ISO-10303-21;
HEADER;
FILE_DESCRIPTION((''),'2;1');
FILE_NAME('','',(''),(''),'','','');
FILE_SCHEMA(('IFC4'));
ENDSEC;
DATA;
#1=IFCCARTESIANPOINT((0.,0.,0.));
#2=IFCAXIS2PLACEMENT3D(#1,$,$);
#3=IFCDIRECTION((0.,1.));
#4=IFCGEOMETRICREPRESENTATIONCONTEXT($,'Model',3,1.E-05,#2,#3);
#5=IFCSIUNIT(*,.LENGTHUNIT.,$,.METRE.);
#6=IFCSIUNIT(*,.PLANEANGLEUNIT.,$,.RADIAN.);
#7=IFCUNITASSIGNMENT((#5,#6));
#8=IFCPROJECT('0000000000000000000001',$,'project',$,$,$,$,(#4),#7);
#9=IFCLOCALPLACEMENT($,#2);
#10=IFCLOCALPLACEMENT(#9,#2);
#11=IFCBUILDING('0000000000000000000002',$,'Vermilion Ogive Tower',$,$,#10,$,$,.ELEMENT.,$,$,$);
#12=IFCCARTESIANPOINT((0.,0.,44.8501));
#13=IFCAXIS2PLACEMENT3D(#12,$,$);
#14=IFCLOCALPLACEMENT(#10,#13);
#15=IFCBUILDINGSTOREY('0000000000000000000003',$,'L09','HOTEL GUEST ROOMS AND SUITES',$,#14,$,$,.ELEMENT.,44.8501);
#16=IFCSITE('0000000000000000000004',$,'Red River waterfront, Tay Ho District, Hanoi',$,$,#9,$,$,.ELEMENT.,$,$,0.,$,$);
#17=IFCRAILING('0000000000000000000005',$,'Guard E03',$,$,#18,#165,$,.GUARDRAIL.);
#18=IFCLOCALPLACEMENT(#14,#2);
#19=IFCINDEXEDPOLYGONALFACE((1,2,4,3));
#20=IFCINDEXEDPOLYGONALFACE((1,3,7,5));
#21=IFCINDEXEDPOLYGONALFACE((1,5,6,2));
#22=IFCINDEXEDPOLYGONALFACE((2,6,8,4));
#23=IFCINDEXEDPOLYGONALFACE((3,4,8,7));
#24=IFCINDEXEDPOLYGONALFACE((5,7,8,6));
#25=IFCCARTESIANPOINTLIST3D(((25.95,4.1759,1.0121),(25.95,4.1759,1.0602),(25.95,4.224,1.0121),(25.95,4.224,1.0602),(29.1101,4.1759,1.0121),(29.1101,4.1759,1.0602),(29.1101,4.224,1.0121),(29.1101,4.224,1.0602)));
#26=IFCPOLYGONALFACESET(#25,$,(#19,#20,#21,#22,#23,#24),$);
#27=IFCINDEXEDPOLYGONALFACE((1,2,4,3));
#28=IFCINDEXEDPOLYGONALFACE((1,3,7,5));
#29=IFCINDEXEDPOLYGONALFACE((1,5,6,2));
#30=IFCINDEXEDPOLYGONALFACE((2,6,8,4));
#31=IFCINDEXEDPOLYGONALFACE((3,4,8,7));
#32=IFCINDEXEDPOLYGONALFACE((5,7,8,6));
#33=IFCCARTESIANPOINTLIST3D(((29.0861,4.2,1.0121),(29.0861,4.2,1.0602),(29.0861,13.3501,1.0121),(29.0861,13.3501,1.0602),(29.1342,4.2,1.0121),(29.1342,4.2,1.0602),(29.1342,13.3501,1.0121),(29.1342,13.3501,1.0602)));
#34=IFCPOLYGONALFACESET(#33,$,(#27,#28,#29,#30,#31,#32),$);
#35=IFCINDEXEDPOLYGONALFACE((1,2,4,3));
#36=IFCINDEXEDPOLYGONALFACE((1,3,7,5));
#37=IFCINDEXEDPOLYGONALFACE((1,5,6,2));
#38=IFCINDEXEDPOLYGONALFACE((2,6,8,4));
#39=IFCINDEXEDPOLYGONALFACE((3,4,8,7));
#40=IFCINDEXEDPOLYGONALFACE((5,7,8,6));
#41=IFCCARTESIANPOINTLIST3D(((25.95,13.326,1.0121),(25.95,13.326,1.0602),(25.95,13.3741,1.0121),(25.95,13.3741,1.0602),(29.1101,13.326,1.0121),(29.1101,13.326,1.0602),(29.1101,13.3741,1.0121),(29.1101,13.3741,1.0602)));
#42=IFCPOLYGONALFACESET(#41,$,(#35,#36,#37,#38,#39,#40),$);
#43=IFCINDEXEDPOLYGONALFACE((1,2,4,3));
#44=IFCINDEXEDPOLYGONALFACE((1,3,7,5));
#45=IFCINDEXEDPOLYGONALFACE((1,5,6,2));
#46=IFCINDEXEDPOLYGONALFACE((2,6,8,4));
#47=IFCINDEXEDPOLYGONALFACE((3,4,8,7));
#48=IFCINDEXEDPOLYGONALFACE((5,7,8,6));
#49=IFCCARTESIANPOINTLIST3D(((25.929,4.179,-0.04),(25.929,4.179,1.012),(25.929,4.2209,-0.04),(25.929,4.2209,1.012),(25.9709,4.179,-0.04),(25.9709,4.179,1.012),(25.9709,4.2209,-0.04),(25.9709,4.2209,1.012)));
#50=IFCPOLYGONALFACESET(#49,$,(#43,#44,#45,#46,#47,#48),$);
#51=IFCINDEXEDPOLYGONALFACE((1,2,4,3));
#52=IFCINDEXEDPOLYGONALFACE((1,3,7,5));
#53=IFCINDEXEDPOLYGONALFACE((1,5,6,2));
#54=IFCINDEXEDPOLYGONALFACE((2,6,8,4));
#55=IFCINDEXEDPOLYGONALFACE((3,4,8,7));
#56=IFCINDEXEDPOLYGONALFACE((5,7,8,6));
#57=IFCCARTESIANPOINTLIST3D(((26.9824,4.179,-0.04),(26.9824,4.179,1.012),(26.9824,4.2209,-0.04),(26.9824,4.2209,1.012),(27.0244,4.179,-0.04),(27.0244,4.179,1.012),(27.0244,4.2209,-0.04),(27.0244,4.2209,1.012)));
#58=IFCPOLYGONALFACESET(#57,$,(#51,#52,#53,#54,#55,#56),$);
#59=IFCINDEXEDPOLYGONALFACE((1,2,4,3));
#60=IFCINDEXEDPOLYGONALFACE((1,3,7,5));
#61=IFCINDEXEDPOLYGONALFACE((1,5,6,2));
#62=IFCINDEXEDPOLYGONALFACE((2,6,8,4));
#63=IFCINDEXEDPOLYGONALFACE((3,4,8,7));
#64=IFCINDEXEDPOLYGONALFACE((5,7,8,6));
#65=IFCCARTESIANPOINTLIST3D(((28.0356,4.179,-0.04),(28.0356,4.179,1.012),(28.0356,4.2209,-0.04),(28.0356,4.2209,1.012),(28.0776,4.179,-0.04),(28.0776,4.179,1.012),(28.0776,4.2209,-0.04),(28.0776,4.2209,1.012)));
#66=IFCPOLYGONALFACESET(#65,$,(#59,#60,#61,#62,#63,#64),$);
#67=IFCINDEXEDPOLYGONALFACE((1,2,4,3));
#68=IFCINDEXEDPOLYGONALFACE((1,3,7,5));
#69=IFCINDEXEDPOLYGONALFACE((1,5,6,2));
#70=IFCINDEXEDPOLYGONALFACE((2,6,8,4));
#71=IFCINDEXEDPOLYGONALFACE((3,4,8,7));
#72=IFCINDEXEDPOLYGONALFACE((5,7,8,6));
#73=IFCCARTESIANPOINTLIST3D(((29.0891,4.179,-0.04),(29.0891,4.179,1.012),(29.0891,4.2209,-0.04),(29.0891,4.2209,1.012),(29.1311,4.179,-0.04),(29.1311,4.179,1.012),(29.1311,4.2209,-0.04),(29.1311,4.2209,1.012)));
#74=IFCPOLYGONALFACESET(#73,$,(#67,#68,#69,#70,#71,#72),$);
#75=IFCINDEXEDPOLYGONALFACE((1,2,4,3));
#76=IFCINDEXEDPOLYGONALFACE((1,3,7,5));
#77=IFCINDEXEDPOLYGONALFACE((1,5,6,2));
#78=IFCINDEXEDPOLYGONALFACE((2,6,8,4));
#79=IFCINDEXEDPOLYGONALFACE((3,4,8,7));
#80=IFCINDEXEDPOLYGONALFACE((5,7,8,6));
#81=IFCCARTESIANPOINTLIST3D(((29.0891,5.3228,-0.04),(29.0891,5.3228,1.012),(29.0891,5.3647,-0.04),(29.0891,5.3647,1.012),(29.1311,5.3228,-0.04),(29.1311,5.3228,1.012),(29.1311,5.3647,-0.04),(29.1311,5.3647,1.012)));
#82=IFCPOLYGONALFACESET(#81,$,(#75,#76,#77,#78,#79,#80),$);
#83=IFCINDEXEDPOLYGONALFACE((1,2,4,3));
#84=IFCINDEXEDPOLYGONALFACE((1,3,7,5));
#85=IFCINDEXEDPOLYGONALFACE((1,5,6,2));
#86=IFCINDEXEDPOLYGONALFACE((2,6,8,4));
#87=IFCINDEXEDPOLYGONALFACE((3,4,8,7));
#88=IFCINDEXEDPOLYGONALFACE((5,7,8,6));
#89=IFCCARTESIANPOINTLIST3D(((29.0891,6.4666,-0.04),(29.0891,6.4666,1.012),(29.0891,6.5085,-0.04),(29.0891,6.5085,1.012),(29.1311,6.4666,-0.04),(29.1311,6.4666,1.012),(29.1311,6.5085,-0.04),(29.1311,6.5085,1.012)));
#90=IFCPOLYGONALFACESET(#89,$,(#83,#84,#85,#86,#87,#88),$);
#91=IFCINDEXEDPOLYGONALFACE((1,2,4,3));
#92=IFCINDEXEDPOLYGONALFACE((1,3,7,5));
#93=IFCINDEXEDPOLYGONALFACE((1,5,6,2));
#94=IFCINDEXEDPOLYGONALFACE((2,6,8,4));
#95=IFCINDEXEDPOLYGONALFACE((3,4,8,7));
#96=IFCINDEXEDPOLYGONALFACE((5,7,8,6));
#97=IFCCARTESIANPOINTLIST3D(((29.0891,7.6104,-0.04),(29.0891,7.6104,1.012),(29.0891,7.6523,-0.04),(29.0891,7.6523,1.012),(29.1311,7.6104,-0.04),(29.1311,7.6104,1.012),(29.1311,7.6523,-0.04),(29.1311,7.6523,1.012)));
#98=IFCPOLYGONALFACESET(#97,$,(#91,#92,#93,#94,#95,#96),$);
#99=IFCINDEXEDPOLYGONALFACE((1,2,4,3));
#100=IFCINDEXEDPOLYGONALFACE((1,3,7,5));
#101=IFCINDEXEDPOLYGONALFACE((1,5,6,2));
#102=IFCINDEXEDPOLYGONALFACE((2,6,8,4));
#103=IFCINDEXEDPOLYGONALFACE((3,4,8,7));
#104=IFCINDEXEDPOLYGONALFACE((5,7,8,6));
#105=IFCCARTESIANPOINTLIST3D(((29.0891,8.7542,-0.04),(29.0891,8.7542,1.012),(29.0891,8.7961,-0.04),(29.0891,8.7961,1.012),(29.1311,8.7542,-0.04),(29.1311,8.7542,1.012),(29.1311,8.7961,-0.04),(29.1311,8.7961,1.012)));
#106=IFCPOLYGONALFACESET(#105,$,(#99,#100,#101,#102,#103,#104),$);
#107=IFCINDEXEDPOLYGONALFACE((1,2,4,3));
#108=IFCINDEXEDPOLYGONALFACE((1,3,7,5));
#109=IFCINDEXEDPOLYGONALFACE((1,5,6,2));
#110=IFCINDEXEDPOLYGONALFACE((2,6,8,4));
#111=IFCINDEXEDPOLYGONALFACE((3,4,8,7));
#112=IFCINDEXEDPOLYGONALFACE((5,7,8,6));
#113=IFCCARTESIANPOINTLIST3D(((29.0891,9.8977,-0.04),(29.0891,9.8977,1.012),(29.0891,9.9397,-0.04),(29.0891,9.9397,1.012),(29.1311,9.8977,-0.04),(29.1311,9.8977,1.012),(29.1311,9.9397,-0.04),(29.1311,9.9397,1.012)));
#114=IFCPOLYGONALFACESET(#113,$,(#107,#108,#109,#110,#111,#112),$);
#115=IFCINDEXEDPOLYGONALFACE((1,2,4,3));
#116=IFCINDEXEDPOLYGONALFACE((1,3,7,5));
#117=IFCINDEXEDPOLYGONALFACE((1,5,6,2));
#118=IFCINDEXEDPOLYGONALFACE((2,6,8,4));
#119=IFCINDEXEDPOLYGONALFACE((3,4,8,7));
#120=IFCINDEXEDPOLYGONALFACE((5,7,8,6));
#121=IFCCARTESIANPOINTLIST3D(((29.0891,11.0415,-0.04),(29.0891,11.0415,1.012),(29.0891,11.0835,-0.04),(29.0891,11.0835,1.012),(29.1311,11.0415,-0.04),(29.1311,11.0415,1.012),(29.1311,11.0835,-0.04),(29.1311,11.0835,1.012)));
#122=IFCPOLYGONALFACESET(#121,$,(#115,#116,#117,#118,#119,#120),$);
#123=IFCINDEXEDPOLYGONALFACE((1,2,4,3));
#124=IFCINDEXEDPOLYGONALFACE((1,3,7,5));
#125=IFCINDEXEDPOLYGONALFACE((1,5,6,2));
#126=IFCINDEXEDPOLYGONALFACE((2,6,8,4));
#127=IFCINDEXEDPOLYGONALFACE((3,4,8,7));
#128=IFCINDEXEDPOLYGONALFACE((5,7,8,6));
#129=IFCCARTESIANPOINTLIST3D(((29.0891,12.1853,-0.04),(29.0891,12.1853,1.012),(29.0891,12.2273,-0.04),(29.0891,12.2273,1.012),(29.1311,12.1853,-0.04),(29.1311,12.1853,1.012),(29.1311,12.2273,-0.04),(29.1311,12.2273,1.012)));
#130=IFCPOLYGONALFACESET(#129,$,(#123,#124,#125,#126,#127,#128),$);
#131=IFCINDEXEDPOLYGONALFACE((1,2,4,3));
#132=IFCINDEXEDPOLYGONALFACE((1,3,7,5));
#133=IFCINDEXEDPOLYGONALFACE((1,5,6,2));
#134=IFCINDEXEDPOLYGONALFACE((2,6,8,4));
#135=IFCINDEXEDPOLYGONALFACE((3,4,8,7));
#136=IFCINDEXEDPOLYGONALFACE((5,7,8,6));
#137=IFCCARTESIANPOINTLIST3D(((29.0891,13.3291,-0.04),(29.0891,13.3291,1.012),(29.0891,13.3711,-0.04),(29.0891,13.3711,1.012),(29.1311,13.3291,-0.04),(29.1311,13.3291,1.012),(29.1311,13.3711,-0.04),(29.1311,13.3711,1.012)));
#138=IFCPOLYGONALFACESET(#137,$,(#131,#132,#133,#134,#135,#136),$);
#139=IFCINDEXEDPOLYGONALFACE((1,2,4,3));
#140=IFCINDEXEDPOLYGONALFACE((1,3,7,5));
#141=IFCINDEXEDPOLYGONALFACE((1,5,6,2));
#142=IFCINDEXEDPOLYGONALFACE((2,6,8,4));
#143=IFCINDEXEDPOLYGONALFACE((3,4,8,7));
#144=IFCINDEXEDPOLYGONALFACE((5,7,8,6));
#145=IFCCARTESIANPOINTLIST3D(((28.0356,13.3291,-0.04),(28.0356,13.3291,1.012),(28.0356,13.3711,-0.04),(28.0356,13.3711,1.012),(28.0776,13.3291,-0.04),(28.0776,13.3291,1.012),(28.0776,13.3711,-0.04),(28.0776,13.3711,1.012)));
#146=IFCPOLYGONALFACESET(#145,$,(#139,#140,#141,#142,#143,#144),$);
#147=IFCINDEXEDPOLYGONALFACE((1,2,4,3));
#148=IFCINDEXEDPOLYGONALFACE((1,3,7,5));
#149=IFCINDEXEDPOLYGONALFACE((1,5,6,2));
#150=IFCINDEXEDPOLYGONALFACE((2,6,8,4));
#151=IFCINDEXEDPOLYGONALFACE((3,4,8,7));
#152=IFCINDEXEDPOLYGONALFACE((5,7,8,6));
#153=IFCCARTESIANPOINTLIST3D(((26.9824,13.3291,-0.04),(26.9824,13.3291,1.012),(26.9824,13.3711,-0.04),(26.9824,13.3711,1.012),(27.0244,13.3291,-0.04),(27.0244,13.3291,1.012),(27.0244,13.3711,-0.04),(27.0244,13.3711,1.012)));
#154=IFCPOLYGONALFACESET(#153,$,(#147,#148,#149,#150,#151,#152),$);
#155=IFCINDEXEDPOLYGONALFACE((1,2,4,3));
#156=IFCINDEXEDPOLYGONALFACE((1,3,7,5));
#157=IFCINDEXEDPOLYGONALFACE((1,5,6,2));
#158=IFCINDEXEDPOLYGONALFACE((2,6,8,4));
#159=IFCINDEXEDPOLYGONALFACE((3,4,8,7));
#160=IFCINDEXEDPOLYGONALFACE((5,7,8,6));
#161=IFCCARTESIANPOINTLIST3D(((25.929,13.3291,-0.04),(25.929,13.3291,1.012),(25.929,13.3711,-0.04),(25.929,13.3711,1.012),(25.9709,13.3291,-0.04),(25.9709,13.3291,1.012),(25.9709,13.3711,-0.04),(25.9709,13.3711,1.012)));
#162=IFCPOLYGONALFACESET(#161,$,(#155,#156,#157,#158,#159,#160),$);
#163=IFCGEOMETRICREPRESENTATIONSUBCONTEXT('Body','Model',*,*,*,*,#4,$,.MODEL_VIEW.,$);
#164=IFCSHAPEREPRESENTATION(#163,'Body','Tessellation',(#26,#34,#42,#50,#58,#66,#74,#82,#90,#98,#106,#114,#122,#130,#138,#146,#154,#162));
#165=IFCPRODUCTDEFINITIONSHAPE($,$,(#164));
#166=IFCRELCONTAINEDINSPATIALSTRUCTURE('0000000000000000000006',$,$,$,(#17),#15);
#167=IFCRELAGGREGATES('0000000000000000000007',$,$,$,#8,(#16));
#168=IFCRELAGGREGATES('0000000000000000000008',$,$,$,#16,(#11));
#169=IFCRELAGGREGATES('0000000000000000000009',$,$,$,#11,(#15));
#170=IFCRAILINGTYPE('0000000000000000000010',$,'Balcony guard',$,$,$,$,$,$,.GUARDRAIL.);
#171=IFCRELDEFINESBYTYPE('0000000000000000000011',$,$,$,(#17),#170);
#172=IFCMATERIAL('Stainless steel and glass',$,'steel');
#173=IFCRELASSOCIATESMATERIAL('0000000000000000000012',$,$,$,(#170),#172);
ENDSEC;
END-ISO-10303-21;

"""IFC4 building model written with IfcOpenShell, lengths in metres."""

from ifc_helpers import new_model, si_unit, direction, frame, origin, origin_2d, place, context, subcontext, project, spatial, rectangle, extrude, material, type_object, element, save


model = new_model("IFC4")

# Units and contexts
model_context = context("Model", 3, precision=1e-05, world=origin(), true_north=direction((0.0, 1.0)))
body_context = subcontext(model_context, "Body", "Model", "MODEL_VIEW")
ifc_project = project(units=[si_unit("LENGTHUNIT", "METRE"), si_unit("PLANEANGLEUNIT", "RADIAN")], contexts=[model_context])

# Site, building, storey
site_placement = place(None, origin())
site = spatial("IfcSite", under=ifc_project, at=site_placement, Name="Red River waterfront, Tay Ho District, Hanoi", CompositionType="ELEMENT", RefElevation=0.0)
building_placement = place(site_placement, origin())
building = spatial("IfcBuilding", under=site, at=building_placement, Name="Vermilion Ogive Tower", CompositionType="ELEMENT")
storey_placement = place(building_placement, frame((0.0, 0.0, 44.8501)))
storey = spatial("IfcBuildingStorey", under=building, at=storey_placement, Name="L09", Description="HOTEL GUEST ROOMS AND SUITES", CompositionType="ELEMENT", Elevation=44.8501)

# Railing
ifc_material_1 = material(Name="Stainless steel and glass", Category="steel")
railing_type_1 = type_object("IfcRailingType", Name="Balcony guard", PredefinedType="GUARDRAIL", material=ifc_material_1)
railing_1_placement = place(storey_placement, frame((25.95, 4.2, -0.04)))
element("IfcRailing", 1, at=railing_1_placement, inside=storey, type_object=railing_type_1, Name="Guard E03", PredefinedType="GUARDRAIL", context=body_context, shape_type="SweptSolid", body=[
    extrude(rectangle(XDim=0.0481, YDim=0.0481, at=origin_2d()), frame((0.0, 0.0, 1.0762), z_axis=(1.0, 0.0, 0.0), x_axis=(0.0, 1.0, 0.0)), (0.0, 0.0, 1.0), 3.1602),
    extrude(rectangle(XDim=0.0481, YDim=0.0481, at=origin_2d()), frame((3.1602, 0.0, 1.0762), z_axis=(0.0, 1.0, 0.0), x_axis=(-1.0, 0.0, 0.0)), (0.0, 0.0, 1.0), 9.1501),
    extrude(rectangle(XDim=0.0481, YDim=0.0481, at=origin_2d()), frame((3.1602, 9.1501, 1.0762), z_axis=(-1.0, 0.0, 0.0), x_axis=(0.0, -1.0, 0.0)), (0.0, 0.0, 1.0), 3.1602),
    extrude(rectangle(XDim=0.042, YDim=0.042, at=origin_2d()), origin(), (0.0, 0.0, 1.0), 1.052),
    extrude(rectangle(XDim=0.042, YDim=0.042, at=origin_2d()), frame((1.0535, 0.0, 0.0)), (0.0, 0.0, 1.0), 1.052),
    extrude(rectangle(XDim=0.042, YDim=0.042, at=origin_2d()), frame((2.1067, 0.0, 0.0)), (0.0, 0.0, 1.0), 1.052),
    extrude(rectangle(XDim=0.042, YDim=0.042, at=origin_2d()), frame((3.1602, 0.0, 0.0)), (0.0, 0.0, 1.0), 1.052),
    extrude(rectangle(XDim=0.042, YDim=0.042, at=origin_2d()), frame((3.1602, 1.1438, 0.0)), (0.0, 0.0, 1.0), 1.052),
    extrude(rectangle(XDim=0.042, YDim=0.042, at=origin_2d()), frame((3.1602, 2.2876, 0.0)), (0.0, 0.0, 1.0), 1.052),
    extrude(rectangle(XDim=0.042, YDim=0.042, at=origin_2d()), frame((3.1602, 3.4314, 0.0)), (0.0, 0.0, 1.0), 1.052),
    extrude(rectangle(XDim=0.042, YDim=0.042, at=origin_2d()), frame((3.1602, 4.5752, 0.0)), (0.0, 0.0, 1.0), 1.052),
    extrude(rectangle(XDim=0.042, YDim=0.042, at=origin_2d()), frame((3.1602, 5.7188, 0.0)), (0.0, 0.0, 1.0), 1.052),
    extrude(rectangle(XDim=0.042, YDim=0.042, at=origin_2d()), frame((3.1602, 6.8625, 0.0)), (0.0, 0.0, 1.0), 1.052),
    extrude(rectangle(XDim=0.042, YDim=0.042, at=origin_2d()), frame((3.1602, 8.0063, 0.0)), (0.0, 0.0, 1.0), 1.052),
    extrude(rectangle(XDim=0.042, YDim=0.042, at=origin_2d()), frame((3.1602, 9.1501, 0.0)), (0.0, 0.0, 1.0), 1.052),
    extrude(rectangle(XDim=0.042, YDim=0.042, at=origin_2d()), frame((2.1067, 9.1501, 0.0)), (0.0, 0.0, 1.0), 1.052),
    extrude(rectangle(XDim=0.042, YDim=0.042, at=origin_2d()), frame((1.0535, 9.1501, 0.0)), (0.0, 0.0, 1.0), 1.052),
    extrude(rectangle(XDim=0.042, YDim=0.042, at=origin_2d()), frame((0.0, 9.1501, 0.0)), (0.0, 0.0, 1.0), 1.052),
])

save(model, "model.ifc")
